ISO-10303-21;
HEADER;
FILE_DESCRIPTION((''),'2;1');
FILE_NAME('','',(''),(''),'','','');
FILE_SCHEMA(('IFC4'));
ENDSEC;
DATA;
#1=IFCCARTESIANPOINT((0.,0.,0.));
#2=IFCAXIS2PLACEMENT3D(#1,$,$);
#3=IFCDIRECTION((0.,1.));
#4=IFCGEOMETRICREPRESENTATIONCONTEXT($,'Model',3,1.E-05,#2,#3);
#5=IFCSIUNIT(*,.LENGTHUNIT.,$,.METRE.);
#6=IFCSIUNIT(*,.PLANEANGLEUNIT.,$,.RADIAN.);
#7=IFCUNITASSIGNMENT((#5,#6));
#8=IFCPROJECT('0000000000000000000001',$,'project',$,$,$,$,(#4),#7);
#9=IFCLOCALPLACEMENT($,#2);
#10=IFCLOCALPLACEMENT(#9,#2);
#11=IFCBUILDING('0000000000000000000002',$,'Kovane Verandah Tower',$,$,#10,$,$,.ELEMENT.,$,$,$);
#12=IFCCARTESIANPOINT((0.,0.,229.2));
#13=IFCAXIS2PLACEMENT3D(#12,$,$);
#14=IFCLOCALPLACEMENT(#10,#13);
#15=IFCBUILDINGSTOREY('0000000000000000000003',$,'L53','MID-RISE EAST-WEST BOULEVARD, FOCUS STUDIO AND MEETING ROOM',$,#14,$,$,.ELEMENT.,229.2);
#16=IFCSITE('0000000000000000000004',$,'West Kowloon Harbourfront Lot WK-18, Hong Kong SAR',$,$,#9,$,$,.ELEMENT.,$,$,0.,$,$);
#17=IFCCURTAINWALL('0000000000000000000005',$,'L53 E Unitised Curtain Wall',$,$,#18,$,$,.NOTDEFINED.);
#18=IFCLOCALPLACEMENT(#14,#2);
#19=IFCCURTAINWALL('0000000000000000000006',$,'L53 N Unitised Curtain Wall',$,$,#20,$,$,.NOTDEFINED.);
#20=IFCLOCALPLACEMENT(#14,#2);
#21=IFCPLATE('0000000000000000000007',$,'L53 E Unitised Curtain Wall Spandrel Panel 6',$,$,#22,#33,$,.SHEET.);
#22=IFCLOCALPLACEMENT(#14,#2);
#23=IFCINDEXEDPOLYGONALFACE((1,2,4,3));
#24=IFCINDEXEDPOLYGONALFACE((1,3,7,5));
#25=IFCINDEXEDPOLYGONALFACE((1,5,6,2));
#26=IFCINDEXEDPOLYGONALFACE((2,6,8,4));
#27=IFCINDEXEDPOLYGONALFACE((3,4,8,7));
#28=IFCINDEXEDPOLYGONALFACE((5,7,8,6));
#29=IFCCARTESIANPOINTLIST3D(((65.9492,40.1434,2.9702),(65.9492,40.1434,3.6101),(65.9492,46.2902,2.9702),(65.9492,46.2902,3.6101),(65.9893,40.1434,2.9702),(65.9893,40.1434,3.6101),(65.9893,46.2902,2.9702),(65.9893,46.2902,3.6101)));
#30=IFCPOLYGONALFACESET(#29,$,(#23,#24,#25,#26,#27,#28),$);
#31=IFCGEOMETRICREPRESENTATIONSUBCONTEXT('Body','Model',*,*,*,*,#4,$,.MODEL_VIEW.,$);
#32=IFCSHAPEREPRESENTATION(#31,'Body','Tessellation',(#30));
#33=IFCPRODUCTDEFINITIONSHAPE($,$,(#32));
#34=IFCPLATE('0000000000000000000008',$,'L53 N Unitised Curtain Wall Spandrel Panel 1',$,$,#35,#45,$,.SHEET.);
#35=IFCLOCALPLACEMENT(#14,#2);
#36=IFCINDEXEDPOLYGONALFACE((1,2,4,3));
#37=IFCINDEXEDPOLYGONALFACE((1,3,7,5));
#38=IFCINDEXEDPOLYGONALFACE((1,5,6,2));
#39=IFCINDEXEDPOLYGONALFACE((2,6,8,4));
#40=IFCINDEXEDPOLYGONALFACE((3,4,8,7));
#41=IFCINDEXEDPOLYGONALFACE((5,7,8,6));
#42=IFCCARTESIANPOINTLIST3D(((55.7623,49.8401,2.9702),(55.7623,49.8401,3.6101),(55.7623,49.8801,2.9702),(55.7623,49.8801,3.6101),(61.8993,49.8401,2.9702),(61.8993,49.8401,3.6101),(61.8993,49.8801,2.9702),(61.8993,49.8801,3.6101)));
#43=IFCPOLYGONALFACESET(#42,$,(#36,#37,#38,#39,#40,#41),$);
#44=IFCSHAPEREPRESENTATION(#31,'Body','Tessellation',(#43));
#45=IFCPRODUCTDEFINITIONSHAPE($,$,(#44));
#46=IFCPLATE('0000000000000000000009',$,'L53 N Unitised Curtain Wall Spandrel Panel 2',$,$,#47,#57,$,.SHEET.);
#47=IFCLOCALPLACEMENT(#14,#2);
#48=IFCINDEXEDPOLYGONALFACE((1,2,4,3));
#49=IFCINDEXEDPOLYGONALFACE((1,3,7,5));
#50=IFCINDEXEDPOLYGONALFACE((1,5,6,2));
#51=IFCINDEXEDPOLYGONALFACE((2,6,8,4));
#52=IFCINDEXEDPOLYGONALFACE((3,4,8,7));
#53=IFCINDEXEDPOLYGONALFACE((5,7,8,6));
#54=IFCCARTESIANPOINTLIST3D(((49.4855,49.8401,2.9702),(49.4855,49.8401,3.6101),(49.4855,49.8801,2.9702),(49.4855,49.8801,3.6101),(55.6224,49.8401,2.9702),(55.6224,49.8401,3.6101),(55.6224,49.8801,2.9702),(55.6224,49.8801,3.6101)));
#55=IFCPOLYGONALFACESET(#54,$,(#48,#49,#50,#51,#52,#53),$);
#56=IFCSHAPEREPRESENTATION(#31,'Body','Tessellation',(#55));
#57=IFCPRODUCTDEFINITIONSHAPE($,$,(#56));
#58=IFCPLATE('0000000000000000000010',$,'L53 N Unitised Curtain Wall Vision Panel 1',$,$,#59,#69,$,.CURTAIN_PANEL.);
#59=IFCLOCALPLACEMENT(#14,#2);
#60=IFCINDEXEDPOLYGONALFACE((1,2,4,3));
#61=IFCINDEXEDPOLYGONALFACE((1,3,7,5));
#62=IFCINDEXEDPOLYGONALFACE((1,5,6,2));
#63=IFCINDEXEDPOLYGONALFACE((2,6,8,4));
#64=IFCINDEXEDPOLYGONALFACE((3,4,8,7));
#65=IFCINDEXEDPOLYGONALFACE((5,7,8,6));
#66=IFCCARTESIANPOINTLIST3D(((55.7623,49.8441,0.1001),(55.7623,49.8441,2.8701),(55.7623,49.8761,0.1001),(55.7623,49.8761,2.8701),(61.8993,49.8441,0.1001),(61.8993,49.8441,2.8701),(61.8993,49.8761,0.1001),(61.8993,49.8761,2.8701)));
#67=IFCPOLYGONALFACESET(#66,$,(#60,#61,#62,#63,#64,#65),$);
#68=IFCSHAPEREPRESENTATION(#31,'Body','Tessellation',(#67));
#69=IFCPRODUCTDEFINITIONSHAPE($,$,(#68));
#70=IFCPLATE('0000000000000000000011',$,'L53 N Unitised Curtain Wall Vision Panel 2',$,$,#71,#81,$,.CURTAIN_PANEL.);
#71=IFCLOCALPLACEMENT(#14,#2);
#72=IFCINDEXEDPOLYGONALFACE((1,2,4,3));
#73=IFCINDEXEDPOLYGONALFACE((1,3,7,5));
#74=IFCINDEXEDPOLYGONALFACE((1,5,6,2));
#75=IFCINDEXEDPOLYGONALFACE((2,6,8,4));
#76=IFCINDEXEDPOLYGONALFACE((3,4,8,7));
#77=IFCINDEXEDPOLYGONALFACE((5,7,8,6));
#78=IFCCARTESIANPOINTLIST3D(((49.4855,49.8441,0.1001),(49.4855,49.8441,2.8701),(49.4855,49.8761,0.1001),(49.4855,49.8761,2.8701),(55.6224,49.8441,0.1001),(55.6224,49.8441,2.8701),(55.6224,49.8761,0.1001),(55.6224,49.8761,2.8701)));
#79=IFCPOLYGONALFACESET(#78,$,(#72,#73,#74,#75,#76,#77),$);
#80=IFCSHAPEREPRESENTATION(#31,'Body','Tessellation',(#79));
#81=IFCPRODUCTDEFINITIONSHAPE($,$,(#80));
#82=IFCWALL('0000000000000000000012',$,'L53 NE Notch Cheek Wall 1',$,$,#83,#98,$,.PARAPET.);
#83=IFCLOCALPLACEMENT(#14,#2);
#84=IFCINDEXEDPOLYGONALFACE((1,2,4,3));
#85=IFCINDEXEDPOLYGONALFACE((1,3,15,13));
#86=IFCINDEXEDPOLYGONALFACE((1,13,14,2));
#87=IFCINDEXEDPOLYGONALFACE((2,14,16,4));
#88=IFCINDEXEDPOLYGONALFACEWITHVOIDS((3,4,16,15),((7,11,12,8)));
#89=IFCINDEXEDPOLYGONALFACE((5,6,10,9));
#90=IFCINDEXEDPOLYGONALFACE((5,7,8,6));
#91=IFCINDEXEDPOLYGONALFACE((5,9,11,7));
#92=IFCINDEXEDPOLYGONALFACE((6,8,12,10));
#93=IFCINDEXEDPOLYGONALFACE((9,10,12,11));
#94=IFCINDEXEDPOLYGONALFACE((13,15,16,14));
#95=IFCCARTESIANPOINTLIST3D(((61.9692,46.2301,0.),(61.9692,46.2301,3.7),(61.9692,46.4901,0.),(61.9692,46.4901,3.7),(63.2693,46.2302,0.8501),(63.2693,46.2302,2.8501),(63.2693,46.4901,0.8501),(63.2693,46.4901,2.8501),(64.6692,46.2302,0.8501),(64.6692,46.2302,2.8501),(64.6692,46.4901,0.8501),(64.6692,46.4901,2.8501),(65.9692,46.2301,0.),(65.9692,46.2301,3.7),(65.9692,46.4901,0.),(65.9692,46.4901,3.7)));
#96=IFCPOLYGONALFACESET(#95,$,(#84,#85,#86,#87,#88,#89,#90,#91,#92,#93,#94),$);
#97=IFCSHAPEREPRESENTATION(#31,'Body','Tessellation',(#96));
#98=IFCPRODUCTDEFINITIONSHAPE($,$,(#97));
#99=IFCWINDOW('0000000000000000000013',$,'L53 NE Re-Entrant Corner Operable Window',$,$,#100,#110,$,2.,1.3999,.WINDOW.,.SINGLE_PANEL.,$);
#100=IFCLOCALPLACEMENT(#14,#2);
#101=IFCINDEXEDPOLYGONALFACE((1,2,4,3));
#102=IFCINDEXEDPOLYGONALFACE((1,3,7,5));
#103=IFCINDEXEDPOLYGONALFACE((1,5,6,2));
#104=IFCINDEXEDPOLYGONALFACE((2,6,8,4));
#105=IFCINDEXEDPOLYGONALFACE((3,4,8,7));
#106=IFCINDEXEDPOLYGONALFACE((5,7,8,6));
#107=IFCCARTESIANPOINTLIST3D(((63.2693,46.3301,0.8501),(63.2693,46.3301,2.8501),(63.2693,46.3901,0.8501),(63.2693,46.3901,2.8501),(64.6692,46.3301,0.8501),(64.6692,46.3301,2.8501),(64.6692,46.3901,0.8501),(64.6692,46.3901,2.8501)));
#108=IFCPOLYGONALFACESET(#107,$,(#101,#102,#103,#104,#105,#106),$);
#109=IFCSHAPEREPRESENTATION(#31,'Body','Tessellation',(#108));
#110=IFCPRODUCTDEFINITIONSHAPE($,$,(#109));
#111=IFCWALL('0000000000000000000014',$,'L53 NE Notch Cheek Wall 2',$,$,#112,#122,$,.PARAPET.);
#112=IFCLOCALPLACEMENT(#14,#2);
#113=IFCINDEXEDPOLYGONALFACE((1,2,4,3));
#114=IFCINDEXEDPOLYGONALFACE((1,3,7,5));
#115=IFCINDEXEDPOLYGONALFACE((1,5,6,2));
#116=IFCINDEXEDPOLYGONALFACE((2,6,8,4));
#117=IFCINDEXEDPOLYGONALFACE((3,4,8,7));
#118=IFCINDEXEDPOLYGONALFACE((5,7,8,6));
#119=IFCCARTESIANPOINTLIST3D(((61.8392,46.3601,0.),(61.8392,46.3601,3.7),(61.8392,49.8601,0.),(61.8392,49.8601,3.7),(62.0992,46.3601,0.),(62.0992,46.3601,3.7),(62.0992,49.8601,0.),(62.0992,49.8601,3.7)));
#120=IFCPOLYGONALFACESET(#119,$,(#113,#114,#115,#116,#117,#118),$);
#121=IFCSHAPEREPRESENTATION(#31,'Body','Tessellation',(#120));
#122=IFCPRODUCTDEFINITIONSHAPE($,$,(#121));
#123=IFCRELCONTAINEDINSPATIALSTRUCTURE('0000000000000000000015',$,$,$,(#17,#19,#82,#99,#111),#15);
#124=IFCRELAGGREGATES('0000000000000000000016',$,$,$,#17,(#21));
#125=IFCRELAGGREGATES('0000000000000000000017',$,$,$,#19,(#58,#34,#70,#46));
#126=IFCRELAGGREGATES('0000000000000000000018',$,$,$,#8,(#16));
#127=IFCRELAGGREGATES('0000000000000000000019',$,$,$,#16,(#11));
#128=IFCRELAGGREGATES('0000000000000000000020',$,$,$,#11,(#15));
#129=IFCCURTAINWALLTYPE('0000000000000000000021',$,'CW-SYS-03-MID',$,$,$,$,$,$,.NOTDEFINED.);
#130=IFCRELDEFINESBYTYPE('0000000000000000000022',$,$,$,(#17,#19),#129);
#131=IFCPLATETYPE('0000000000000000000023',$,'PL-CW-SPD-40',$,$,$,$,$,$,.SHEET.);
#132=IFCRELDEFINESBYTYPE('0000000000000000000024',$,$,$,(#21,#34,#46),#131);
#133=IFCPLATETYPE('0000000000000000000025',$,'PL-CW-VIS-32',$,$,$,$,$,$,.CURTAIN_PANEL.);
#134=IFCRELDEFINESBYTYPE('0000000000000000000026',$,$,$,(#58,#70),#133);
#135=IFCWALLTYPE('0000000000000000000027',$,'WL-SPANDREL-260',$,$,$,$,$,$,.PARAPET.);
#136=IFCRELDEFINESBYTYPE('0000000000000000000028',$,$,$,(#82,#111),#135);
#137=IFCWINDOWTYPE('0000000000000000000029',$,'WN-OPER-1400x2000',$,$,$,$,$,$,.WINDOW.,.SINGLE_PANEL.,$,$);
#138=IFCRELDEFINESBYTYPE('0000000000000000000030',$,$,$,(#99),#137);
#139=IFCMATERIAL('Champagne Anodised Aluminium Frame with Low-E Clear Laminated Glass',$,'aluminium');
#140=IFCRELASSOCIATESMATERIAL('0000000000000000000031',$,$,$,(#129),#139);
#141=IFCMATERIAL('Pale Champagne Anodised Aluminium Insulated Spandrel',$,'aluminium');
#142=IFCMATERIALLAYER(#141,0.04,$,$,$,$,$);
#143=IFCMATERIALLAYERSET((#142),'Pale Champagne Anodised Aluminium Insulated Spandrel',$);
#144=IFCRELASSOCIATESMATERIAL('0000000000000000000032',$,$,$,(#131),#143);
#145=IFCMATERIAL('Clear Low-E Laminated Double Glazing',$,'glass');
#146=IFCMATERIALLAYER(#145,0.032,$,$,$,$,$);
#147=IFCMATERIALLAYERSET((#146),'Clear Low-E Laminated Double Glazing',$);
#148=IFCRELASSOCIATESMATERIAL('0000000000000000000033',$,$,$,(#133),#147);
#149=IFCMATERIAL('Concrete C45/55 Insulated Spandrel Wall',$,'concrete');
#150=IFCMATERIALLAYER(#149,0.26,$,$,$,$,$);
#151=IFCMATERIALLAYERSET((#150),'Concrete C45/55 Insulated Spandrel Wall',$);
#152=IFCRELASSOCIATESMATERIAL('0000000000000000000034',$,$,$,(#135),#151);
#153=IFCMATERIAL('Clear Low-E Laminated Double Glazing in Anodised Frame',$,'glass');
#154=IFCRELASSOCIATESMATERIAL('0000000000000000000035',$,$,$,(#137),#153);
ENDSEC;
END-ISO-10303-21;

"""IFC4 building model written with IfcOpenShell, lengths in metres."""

from ifc_helpers import new_model, si_unit, direction, frame, frame_2d, origin, origin_2d, place, context, subcontext, project, spatial, rectangle, extrude, material, layer, layer_set, type_object, element, fill, aggregate, save


model = new_model("IFC4")

# Units and contexts
model_context = context("Model", 3, precision=1e-05, world=origin(), true_north=direction((0.0, 1.0)))
body_context = subcontext(model_context, "Body", "Model", "MODEL_VIEW")
ifc_project = project(units=[si_unit("LENGTHUNIT", "METRE"), si_unit("PLANEANGLEUNIT", "RADIAN")], contexts=[model_context])

# Site, building, storey
site_placement = place(None, origin())
site = spatial("IfcSite", under=ifc_project, at=site_placement, Name="West Kowloon Harbourfront Lot WK-18, Hong Kong SAR", CompositionType="ELEMENT", RefElevation=0.0)
building_placement = place(site_placement, origin())
building = spatial("IfcBuilding", under=site, at=building_placement, Name="Kovane Verandah Tower", CompositionType="ELEMENT")
storey_placement = place(building_placement, frame((0.0, 0.0, 229.2)))
storey = spatial("IfcBuildingStorey", under=building, at=storey_placement, Name="L53", Description="MID-RISE EAST-WEST BOULEVARD, FOCUS STUDIO AND MEETING ROOM", CompositionType="ELEMENT", Elevation=229.2)

# Curtain wall
ifc_material_1 = material(Name="Champagne Anodised Aluminium Frame with Low-E Clear Laminated Glass", Category="aluminium")
curtain_wall_type = type_object("IfcCurtainWallType", Name="CW-SYS-03-MID", PredefinedType="NOTDEFINED", material=ifc_material_1)
curtain_wall_1_placement = place(storey_placement, origin())
curtain_wall_1 = element("IfcCurtainWall", 1, at=curtain_wall_1_placement, inside=storey, type_object=curtain_wall_type, Name="L53 E Unitised Curtain Wall", PredefinedType="NOTDEFINED")

# Curtain wall
curtain_wall_2_placement = place(storey_placement, origin())
curtain_wall_2 = element("IfcCurtainWall", 2, at=curtain_wall_2_placement, inside=storey, type_object=curtain_wall_type, Name="L53 N Unitised Curtain Wall", PredefinedType="NOTDEFINED")

# Plates
ifc_material_2 = material(Name="Pale Champagne Anodised Aluminium Insulated Spandrel", Category="aluminium")
ifc_layer_1 = layer(ifc_material_2, 0.04)
ifc_layer_set_1 = layer_set([ifc_layer_1], Name="Pale Champagne Anodised Aluminium Insulated Spandrel")
plate_type_1 = type_object("IfcPlateType", Name="PL-CW-SPD-40", PredefinedType="SHEET", material=ifc_layer_set_1)
plate_1_placement = place(storey_placement, frame((65.9692, 43.2168, 2.9702), z_axis=(0.0, 0.0, 1.0), x_axis=(0.0, 1.0, 0.0)))
plate_1 = element("IfcPlate", 3, at=plate_1_placement, type_object=plate_type_1, Name="L53 E Unitised Curtain Wall Spandrel Panel 6", PredefinedType="SHEET", context=body_context, shape_type="SweptSolid", body=[
    extrude(rectangle(XDim=6.1467, YDim=0.04, at=origin_2d()), origin(), (0.0, 0.0, 1.0), 0.6399),
])
aggregate(curtain_wall_1, [plate_1])
plate_2_placement = place(storey_placement, frame((58.8308, 49.8601, 2.9702), z_axis=(0.0, 0.0, 1.0), x_axis=(-1.0, 0.0, 0.0)))
plate_2 = element("IfcPlate", 4, at=plate_2_placement, type_object=plate_type_1, Name="L53 N Unitised Curtain Wall Spandrel Panel 1", PredefinedType="SHEET", context=body_context, shape_type="SweptSolid", body=[
    extrude(rectangle(XDim=6.137, YDim=0.04, at=origin_2d()), origin(), (0.0, 0.0, 1.0), 0.6399),
])
plate_3_placement = place(storey_placement, frame((52.554, 49.8601, 2.9702), z_axis=(0.0, 0.0, 1.0), x_axis=(-1.0, 0.0, 0.0)))
plate_3 = element("IfcPlate", 5, at=plate_3_placement, type_object=plate_type_1, Name="L53 N Unitised Curtain Wall Spandrel Panel 2", PredefinedType="SHEET", context=body_context, shape_type="SweptSolid", body=[
    extrude(rectangle(XDim=6.137, YDim=0.04, at=origin_2d()), origin(), (0.0, 0.0, 1.0), 0.6399),
])
ifc_material_3 = material(Name="Clear Low-E Laminated Double Glazing", Category="glass")
ifc_layer_2 = layer(ifc_material_3, 0.032)
ifc_layer_set_2 = layer_set([ifc_layer_2], Name="Clear Low-E Laminated Double Glazing")
plate_type_2 = type_object("IfcPlateType", Name="PL-CW-VIS-32", PredefinedType="CURTAIN_PANEL", material=ifc_layer_set_2)
plate_4_placement = place(storey_placement, frame((58.8308, 49.8601, 0.1001), z_axis=(0.0, 0.0, 1.0), x_axis=(-1.0, 0.0, 0.0)))
plate_4 = element("IfcPlate", 6, at=plate_4_placement, type_object=plate_type_2, Name="L53 N Unitised Curtain Wall Vision Panel 1", PredefinedType="CURTAIN_PANEL", context=body_context, shape_type="SweptSolid", body=[
    extrude(rectangle(XDim=6.137, YDim=0.032, at=origin_2d()), origin(), (0.0, 0.0, 1.0), 2.77),
])
plate_5_placement = place(storey_placement, frame((52.554, 49.8601, 0.1001), z_axis=(0.0, 0.0, 1.0), x_axis=(-1.0, 0.0, 0.0)))
plate_5 = element("IfcPlate", 7, at=plate_5_placement, type_object=plate_type_2, Name="L53 N Unitised Curtain Wall Vision Panel 2", PredefinedType="CURTAIN_PANEL", context=body_context, shape_type="SweptSolid", body=[
    extrude(rectangle(XDim=6.137, YDim=0.032, at=origin_2d()), origin(), (0.0, 0.0, 1.0), 2.77),
])
aggregate(curtain_wall_2, [plate_4, plate_2, plate_5, plate_3])

# Wall, opening, window
ifc_material_4 = material(Name="Concrete C45/55 Insulated Spandrel Wall", Category="concrete")
ifc_layer_3 = layer(ifc_material_4, 0.26)
ifc_layer_set_3 = layer_set([ifc_layer_3], Name="Concrete C45/55 Insulated Spandrel Wall")
wall_type = type_object("IfcWallType", Name="WL-SPANDREL-260", PredefinedType="PARAPET", material=ifc_layer_set_3)
wall_1_placement = place(storey_placement, frame((65.9692, 46.3601, 0.0), z_axis=(0.0, 0.0, 1.0), x_axis=(-1.0, 0.0, 0.0)))
wall_1 = element("IfcWall", 8, at=wall_1_placement, inside=storey, type_object=wall_type, Name="L53 NE Notch Cheek Wall 1", PredefinedType="PARAPET", context=body_context, shape_type="SweptSolid", body=[
    extrude(rectangle(XDim=4.0, YDim=0.26, at=frame_2d((2.0, 0.0))), origin(), (0.0, 0.0, 1.0), 3.7),
])
opening_placement = place(wall_1_placement, frame((1.3, 0.0, 0.8501)))
opening = element("IfcOpeningElement", 9, at=opening_placement, cuts=wall_1, PredefinedType="OPENING", context=body_context, shape_type="SweptSolid", body=[
    extrude(rectangle(XDim=1.3999, YDim=2.0, at=frame_2d((0.7, 1.0))), frame((0.0, 0.1299, 0.0), z_axis=(0.0, -1.0, 0.0), x_axis=(1.0, 0.0, 0.0)), (0.0, 0.0, 1.0), 0.26),
])
ifc_material_5 = material(Name="Clear Low-E Laminated Double Glazing in Anodised Frame", Category="glass")
window_type = type_object("IfcWindowType", Name="WN-OPER-1400x2000", PartitioningType="SINGLE_PANEL", PredefinedType="WINDOW", material=ifc_material_5)
window_placement = place(opening_placement, origin())
window = element("IfcWindow", 10, at=window_placement, inside=storey, type_object=window_type, Name="L53 NE Re-Entrant Corner Operable Window", OverallHeight=2.0, OverallWidth=1.3999, PartitioningType="SINGLE_PANEL", PredefinedType="WINDOW", context=body_context, shape_type="SweptSolid", body=[
    extrude(rectangle(XDim=1.3999, YDim=2.0, at=frame_2d((0.7, 1.0))), frame((0.0, 0.03, 0.0), z_axis=(0.0, -1.0, 0.0), x_axis=(1.0, 0.0, 0.0)), (0.0, 0.0, 1.0), 0.0601),
])
fill(opening, window)

# Wall
wall_2_placement = place(storey_placement, frame((61.9692, 46.3601, 0.0), z_axis=(0.0, 0.0, 1.0), x_axis=(0.0, 1.0, 0.0)))
element("IfcWall", 11, at=wall_2_placement, inside=storey, type_object=wall_type, Name="L53 NE Notch Cheek Wall 2", PredefinedType="PARAPET", context=body_context, shape_type="SweptSolid", body=[
    extrude(rectangle(XDim=3.5, YDim=0.26, at=frame_2d((1.75, 0.0))), origin(), (0.0, 0.0, 1.0), 3.7),
])

save(model, "model.ifc")
